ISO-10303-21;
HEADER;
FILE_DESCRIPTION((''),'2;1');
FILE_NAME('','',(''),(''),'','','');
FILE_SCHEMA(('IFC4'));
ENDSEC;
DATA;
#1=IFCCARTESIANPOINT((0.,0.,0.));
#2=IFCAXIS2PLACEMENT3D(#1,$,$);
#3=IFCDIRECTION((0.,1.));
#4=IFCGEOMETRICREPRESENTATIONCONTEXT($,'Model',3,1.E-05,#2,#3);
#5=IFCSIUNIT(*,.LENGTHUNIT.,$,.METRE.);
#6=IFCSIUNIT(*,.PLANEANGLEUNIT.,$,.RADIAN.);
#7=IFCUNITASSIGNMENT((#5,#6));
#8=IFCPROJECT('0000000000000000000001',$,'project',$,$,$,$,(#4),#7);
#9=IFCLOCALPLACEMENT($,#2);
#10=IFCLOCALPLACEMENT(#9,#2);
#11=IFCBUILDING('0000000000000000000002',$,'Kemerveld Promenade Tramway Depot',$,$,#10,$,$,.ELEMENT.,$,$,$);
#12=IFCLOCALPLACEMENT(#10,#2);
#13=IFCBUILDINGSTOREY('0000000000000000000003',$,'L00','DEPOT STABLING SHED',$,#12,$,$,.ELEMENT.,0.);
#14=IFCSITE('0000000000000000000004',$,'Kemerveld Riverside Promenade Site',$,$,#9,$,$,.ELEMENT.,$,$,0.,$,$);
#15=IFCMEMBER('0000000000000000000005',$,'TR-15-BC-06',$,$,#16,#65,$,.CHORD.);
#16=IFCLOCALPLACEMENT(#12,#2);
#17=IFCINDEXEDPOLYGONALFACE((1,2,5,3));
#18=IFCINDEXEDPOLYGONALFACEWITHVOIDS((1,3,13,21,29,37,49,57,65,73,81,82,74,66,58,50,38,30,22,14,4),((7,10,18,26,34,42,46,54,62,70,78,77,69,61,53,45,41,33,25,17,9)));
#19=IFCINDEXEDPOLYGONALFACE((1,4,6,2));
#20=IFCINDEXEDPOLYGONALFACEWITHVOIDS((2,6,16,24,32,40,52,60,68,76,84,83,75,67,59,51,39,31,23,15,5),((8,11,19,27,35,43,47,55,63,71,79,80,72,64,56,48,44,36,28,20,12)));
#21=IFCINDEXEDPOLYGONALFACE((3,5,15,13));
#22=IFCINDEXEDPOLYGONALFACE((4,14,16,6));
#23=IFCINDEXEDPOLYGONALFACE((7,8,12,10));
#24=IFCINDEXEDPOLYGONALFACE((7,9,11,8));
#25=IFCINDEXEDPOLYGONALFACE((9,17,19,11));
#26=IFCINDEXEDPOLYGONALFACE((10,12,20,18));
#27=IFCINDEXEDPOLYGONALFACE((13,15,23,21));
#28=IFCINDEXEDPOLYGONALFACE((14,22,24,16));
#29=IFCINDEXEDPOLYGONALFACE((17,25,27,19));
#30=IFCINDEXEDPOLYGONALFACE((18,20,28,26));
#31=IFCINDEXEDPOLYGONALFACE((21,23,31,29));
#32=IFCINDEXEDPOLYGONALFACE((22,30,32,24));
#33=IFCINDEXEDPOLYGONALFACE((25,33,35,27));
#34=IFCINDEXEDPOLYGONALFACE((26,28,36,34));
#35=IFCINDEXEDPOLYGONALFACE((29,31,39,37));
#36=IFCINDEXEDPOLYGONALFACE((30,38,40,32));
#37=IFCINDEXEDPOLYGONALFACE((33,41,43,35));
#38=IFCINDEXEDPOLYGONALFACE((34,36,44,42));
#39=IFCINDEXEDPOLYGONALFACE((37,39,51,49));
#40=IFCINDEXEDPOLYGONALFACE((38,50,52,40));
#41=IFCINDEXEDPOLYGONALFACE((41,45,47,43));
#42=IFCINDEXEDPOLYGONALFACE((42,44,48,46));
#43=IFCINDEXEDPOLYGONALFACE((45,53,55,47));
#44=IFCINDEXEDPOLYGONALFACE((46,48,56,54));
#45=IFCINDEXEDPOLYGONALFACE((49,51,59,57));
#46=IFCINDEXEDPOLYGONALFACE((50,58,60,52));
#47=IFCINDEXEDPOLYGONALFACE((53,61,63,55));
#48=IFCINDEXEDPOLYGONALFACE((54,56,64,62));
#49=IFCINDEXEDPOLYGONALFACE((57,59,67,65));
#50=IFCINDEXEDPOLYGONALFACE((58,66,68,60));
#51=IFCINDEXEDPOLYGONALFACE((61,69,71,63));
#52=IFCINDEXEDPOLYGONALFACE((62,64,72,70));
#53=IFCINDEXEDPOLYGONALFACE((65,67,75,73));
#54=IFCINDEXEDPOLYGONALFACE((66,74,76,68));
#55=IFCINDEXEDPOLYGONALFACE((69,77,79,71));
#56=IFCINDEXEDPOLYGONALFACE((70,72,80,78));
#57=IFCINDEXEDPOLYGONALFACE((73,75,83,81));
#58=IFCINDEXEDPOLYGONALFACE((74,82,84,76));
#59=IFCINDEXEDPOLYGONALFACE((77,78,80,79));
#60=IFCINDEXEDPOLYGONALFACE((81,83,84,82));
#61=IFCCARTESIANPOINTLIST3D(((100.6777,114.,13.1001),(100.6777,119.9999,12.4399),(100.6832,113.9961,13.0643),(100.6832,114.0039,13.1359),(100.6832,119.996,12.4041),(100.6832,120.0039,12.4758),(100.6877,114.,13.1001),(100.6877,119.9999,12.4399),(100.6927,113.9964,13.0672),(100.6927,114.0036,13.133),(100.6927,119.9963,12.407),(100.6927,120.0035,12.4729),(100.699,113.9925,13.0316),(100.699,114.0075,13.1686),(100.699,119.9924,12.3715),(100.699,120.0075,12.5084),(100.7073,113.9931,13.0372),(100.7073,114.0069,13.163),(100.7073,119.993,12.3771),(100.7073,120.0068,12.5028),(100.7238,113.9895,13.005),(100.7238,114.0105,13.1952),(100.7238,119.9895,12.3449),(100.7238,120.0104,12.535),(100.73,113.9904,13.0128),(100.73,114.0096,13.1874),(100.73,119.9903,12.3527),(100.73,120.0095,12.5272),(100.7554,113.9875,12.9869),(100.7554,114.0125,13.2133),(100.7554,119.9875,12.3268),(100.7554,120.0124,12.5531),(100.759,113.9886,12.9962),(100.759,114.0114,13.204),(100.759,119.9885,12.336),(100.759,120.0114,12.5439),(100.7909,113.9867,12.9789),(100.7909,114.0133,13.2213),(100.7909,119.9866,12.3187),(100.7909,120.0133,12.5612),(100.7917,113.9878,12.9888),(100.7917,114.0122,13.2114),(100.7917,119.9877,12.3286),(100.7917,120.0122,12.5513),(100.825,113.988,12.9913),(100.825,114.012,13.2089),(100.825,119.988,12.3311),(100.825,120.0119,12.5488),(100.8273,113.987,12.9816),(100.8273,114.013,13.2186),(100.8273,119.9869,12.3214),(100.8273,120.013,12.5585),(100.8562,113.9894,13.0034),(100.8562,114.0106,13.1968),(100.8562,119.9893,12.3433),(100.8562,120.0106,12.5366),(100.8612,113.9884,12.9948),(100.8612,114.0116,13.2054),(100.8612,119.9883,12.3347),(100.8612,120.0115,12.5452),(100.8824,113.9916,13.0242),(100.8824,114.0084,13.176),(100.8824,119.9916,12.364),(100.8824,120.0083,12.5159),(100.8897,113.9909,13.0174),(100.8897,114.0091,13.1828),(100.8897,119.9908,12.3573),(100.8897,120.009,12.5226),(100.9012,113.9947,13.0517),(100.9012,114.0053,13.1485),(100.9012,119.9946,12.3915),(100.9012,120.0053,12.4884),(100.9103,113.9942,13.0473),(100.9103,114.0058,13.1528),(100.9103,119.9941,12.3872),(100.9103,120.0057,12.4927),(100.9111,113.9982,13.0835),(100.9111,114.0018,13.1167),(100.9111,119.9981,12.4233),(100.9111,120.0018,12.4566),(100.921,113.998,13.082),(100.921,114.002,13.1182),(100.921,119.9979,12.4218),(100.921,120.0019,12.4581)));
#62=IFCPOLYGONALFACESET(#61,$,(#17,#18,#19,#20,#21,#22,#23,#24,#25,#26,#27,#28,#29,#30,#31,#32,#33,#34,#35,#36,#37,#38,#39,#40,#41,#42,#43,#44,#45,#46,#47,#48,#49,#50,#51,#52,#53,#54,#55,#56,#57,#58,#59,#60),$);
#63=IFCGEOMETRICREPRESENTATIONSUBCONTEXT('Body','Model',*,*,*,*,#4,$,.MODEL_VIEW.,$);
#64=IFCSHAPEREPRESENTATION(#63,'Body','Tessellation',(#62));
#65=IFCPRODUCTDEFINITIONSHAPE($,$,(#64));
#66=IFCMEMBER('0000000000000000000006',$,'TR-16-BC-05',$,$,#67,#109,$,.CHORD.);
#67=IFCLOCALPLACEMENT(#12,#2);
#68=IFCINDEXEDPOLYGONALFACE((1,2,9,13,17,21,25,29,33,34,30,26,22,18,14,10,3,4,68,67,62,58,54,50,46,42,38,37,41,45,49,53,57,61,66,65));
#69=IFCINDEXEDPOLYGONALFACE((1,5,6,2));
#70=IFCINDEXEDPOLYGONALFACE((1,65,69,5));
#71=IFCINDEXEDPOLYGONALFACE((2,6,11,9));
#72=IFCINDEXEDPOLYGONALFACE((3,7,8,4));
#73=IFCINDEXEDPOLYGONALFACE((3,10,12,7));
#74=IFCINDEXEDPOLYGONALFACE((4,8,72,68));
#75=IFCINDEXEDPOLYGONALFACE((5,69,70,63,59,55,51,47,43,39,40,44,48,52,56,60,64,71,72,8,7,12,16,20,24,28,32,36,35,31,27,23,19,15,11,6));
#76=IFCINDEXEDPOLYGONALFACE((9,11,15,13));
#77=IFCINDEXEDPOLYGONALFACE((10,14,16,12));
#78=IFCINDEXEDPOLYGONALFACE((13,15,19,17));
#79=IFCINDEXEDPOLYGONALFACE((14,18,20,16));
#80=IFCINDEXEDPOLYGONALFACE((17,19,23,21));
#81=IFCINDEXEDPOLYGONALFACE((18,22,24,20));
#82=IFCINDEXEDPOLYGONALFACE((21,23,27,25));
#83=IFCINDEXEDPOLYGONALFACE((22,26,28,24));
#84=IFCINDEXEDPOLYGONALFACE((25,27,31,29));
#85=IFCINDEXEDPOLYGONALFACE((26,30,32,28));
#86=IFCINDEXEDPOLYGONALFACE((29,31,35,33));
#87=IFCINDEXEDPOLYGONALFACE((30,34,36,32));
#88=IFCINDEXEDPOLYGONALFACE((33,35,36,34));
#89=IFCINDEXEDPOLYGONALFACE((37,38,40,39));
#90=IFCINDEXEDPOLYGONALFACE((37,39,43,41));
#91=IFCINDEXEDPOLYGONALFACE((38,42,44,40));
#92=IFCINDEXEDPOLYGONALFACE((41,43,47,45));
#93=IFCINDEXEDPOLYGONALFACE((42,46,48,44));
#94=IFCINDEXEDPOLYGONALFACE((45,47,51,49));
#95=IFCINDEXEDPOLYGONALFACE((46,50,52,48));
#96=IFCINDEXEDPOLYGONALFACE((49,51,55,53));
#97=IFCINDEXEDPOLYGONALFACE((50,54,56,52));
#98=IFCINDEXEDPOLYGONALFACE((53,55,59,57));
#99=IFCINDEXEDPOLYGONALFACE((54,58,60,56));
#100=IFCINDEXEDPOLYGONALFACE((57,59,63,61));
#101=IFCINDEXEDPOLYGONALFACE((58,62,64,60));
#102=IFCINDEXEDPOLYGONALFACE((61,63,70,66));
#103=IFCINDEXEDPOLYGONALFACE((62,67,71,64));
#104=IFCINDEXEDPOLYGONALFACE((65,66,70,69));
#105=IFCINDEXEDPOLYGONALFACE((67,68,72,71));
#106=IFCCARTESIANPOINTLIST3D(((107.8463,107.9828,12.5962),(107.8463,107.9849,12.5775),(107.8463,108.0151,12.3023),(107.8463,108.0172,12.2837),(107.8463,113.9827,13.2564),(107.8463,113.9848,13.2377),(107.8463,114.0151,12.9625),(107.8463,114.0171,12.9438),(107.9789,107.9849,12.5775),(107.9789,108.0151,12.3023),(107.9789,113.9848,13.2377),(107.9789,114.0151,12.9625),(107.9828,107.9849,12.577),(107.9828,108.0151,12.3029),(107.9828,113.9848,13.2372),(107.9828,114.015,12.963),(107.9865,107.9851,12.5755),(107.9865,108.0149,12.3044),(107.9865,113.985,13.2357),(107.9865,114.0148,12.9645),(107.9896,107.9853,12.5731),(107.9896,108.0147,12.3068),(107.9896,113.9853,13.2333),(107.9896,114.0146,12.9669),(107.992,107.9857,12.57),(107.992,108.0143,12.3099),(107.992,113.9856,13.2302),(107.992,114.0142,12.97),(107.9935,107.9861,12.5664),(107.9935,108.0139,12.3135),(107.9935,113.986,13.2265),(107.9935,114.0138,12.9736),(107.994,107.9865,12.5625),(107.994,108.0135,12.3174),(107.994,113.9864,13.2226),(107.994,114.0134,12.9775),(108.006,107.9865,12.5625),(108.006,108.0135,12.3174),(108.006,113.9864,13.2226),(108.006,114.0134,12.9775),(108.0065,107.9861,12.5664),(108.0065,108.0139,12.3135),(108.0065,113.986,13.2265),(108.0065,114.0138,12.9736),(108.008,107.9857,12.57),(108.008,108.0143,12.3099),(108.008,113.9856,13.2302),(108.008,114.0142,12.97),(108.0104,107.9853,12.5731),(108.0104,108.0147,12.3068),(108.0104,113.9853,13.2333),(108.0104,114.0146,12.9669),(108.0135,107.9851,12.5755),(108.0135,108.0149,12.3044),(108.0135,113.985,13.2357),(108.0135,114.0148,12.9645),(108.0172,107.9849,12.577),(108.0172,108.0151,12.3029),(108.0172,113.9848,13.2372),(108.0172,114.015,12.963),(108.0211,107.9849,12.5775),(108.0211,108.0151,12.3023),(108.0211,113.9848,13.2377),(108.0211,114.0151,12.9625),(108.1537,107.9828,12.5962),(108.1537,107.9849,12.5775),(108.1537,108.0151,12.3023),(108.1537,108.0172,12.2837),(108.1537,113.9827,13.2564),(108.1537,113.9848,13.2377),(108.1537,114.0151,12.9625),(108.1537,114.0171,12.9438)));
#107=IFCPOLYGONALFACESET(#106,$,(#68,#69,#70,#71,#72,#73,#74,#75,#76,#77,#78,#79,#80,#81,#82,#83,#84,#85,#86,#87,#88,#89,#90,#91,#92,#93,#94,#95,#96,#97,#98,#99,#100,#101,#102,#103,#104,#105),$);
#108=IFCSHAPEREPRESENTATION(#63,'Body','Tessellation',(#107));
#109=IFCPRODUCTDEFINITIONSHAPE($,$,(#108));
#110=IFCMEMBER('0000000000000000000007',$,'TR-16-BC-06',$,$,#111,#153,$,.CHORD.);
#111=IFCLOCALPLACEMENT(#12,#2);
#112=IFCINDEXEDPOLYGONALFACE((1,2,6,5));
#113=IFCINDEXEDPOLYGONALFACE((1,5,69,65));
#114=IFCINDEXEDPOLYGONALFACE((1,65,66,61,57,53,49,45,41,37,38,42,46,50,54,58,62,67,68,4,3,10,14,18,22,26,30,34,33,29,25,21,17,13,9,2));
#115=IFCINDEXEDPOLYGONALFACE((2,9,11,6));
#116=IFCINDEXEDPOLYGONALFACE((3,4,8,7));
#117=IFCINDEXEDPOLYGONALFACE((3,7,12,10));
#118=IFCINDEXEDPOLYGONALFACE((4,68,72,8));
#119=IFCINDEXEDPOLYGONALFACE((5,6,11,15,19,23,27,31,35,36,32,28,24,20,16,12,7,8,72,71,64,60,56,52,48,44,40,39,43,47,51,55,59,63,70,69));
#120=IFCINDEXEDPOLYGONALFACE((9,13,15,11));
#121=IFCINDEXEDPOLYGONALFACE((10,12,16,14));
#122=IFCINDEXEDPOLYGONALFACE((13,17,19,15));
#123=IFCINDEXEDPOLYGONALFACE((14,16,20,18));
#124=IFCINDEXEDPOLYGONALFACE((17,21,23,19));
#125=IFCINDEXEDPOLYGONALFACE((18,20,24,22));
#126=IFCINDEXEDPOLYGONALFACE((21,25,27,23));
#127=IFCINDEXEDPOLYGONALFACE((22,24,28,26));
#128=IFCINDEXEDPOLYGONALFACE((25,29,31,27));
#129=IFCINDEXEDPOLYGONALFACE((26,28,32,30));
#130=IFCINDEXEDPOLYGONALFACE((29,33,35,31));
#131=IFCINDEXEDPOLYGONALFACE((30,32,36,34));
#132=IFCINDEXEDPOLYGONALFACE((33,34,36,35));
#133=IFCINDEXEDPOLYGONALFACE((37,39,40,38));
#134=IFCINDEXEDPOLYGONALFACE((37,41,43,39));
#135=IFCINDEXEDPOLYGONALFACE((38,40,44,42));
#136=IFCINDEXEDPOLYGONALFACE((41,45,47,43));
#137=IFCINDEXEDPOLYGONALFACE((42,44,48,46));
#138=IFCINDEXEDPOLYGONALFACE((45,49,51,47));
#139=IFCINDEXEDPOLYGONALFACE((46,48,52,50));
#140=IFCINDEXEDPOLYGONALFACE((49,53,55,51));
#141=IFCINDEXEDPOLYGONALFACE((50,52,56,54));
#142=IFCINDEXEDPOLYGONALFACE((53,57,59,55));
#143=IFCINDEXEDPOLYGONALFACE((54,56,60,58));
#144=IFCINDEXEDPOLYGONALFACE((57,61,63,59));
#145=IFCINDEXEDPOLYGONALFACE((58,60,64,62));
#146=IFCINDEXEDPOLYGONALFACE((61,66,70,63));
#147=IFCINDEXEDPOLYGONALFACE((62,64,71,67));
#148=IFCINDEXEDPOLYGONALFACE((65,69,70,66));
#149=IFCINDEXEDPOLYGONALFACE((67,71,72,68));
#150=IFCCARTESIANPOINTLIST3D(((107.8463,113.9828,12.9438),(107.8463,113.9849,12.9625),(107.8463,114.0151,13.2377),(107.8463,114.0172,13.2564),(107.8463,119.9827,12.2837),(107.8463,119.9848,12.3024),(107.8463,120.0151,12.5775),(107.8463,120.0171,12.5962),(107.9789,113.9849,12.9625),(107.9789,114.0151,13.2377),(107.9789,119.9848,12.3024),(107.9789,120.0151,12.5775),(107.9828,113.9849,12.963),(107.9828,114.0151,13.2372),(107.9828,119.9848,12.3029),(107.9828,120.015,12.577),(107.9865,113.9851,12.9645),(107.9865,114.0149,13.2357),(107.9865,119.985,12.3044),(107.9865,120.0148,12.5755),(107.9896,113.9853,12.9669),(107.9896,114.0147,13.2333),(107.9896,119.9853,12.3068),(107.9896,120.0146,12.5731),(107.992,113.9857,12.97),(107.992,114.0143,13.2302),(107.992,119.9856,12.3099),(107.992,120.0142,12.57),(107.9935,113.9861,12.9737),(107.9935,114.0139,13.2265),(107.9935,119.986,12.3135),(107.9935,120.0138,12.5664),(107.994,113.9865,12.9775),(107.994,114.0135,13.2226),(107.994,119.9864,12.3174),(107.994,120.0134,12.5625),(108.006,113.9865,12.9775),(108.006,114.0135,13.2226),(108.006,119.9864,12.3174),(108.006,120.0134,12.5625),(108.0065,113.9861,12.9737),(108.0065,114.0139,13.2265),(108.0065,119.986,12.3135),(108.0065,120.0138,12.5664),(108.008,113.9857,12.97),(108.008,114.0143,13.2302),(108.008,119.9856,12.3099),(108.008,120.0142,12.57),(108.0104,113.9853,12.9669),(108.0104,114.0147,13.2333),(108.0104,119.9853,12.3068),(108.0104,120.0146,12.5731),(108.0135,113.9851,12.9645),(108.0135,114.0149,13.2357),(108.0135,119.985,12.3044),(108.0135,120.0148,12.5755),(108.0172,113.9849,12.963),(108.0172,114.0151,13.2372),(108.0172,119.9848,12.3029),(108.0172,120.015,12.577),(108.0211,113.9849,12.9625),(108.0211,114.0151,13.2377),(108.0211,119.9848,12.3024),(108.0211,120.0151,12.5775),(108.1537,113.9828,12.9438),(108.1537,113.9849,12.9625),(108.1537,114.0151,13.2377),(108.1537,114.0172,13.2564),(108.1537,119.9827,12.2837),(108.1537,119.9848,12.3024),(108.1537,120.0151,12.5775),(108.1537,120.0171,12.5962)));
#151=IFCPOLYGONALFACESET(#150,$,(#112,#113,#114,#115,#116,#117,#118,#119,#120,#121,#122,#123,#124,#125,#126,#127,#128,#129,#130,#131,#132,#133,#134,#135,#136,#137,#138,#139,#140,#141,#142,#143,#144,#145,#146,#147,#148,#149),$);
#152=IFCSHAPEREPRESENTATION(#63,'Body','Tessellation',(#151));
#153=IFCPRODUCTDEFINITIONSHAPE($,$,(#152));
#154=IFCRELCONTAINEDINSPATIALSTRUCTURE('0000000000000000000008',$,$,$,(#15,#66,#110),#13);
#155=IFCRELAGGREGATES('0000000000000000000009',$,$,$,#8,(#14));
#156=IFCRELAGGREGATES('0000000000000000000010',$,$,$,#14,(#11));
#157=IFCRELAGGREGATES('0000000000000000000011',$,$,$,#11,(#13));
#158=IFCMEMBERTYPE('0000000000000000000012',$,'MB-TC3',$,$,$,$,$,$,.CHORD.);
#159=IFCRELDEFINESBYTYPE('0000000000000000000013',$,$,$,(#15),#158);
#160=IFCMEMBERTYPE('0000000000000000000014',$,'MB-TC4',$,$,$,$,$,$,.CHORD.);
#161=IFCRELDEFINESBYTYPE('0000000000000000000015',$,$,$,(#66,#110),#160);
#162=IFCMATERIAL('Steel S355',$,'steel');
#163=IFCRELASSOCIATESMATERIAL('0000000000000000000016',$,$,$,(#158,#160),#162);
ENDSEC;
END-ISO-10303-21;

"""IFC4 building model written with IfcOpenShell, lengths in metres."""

from ifc_helpers import new_model, si_unit, direction, frame, origin, origin_2d, place, context, subcontext, project, spatial, hollow_circle, i_section, extrude, material, material_profile, profile_set, type_object, element, save


model = new_model("IFC4")

# Units and contexts
model_context = context("Model", 3, precision=1e-05, world=origin(), true_north=direction((0.0, 1.0)))
body_context = subcontext(model_context, "Body", "Model", "MODEL_VIEW")
ifc_project = project(units=[si_unit("LENGTHUNIT", "METRE"), si_unit("PLANEANGLEUNIT", "RADIAN")], contexts=[model_context])

# Site, building, storey
site_placement = place(None, origin())
site = spatial("IfcSite", under=ifc_project, at=site_placement, Name="Kemerveld Riverside Promenade Site", CompositionType="ELEMENT", RefElevation=0.0)
building_placement = place(site_placement, origin())
building = spatial("IfcBuilding", under=site, at=building_placement, Name="Kemerveld Promenade Tramway Depot", CompositionType="ELEMENT")
storey_placement = place(building_placement, origin())
storey = spatial("IfcBuildingStorey", under=building, at=storey_placement, Name="L00", Description="DEPOT STABLING SHED", CompositionType="ELEMENT", Elevation=0.0)

# Members
ifc_material_1 = material(Name="Steel S355", Category="steel")
ifc_material_profile_1 = material_profile(ifc_material_1, hollow_circle(Radius=0.1223, WallThickness=0.01, at=origin_2d()), Name="244.5x10.0 CHS")
ifc_profile_set_1 = profile_set([ifc_material_profile_1], Name="Steel S355")
member_type_1 = type_object("IfcMemberType", Name="MB-TC3", PredefinedType="CHORD", material=ifc_profile_set_1)
for number, where, z_axis, x_axis, name in (
    (1, (100.8, 114.0, 13.1001), (0.0, 0.994002, -0.109366), (-1.0, 0.0, 0.0), "TR-15-BC-06"),
):
    element("IfcMember", number, at=place(storey_placement, frame(where, z_axis=z_axis, x_axis=x_axis)), inside=storey, type_object=member_type_1, Name=name, PredefinedType="CHORD", context=body_context, shape_type="SweptSolid", body=[
        extrude(hollow_circle(Radius=0.1223, WallThickness=0.01, at=origin_2d()), origin(), (0.0, 0.0, 1.0), 6.0361),
    ])
ifc_material_profile_2 = material_profile(ifc_material_1, i_section(OverallWidth=0.3074, OverallDepth=0.3145, WebThickness=0.012, FlangeThickness=0.0188, FilletRadius=0.0151, at=origin_2d()), Name="305x305x118 UC")
ifc_profile_set_2 = profile_set([ifc_material_profile_2], Name="Steel S355")
member_type_2 = type_object("IfcMemberType", Name="MB-TC4", PredefinedType="CHORD", material=ifc_profile_set_2)
for number, where, z_axis, x_axis, name in (
    (2, (108.0, 108.0, 12.4399), (0.0, 0.994002, 0.109366), (-1.0, 0.0, 0.0), "TR-16-BC-05"),
    (3, (108.0, 114.0, 13.1001), (0.0, 0.994002, -0.109366), (-1.0, 0.0, 0.0), "TR-16-BC-06"),
):
    element("IfcMember", number, at=place(storey_placement, frame(where, z_axis=z_axis, x_axis=x_axis)), inside=storey, type_object=member_type_2, Name=name, PredefinedType="CHORD", context=body_context, shape_type="SweptSolid", body=[
        extrude(i_section(OverallWidth=0.3074, OverallDepth=0.3145, WebThickness=0.012, FlangeThickness=0.0188, FilletRadius=0.0151, at=origin_2d()), origin(), (0.0, 0.0, 1.0), 6.0361),
    ])

save(model, "model.ifc")
